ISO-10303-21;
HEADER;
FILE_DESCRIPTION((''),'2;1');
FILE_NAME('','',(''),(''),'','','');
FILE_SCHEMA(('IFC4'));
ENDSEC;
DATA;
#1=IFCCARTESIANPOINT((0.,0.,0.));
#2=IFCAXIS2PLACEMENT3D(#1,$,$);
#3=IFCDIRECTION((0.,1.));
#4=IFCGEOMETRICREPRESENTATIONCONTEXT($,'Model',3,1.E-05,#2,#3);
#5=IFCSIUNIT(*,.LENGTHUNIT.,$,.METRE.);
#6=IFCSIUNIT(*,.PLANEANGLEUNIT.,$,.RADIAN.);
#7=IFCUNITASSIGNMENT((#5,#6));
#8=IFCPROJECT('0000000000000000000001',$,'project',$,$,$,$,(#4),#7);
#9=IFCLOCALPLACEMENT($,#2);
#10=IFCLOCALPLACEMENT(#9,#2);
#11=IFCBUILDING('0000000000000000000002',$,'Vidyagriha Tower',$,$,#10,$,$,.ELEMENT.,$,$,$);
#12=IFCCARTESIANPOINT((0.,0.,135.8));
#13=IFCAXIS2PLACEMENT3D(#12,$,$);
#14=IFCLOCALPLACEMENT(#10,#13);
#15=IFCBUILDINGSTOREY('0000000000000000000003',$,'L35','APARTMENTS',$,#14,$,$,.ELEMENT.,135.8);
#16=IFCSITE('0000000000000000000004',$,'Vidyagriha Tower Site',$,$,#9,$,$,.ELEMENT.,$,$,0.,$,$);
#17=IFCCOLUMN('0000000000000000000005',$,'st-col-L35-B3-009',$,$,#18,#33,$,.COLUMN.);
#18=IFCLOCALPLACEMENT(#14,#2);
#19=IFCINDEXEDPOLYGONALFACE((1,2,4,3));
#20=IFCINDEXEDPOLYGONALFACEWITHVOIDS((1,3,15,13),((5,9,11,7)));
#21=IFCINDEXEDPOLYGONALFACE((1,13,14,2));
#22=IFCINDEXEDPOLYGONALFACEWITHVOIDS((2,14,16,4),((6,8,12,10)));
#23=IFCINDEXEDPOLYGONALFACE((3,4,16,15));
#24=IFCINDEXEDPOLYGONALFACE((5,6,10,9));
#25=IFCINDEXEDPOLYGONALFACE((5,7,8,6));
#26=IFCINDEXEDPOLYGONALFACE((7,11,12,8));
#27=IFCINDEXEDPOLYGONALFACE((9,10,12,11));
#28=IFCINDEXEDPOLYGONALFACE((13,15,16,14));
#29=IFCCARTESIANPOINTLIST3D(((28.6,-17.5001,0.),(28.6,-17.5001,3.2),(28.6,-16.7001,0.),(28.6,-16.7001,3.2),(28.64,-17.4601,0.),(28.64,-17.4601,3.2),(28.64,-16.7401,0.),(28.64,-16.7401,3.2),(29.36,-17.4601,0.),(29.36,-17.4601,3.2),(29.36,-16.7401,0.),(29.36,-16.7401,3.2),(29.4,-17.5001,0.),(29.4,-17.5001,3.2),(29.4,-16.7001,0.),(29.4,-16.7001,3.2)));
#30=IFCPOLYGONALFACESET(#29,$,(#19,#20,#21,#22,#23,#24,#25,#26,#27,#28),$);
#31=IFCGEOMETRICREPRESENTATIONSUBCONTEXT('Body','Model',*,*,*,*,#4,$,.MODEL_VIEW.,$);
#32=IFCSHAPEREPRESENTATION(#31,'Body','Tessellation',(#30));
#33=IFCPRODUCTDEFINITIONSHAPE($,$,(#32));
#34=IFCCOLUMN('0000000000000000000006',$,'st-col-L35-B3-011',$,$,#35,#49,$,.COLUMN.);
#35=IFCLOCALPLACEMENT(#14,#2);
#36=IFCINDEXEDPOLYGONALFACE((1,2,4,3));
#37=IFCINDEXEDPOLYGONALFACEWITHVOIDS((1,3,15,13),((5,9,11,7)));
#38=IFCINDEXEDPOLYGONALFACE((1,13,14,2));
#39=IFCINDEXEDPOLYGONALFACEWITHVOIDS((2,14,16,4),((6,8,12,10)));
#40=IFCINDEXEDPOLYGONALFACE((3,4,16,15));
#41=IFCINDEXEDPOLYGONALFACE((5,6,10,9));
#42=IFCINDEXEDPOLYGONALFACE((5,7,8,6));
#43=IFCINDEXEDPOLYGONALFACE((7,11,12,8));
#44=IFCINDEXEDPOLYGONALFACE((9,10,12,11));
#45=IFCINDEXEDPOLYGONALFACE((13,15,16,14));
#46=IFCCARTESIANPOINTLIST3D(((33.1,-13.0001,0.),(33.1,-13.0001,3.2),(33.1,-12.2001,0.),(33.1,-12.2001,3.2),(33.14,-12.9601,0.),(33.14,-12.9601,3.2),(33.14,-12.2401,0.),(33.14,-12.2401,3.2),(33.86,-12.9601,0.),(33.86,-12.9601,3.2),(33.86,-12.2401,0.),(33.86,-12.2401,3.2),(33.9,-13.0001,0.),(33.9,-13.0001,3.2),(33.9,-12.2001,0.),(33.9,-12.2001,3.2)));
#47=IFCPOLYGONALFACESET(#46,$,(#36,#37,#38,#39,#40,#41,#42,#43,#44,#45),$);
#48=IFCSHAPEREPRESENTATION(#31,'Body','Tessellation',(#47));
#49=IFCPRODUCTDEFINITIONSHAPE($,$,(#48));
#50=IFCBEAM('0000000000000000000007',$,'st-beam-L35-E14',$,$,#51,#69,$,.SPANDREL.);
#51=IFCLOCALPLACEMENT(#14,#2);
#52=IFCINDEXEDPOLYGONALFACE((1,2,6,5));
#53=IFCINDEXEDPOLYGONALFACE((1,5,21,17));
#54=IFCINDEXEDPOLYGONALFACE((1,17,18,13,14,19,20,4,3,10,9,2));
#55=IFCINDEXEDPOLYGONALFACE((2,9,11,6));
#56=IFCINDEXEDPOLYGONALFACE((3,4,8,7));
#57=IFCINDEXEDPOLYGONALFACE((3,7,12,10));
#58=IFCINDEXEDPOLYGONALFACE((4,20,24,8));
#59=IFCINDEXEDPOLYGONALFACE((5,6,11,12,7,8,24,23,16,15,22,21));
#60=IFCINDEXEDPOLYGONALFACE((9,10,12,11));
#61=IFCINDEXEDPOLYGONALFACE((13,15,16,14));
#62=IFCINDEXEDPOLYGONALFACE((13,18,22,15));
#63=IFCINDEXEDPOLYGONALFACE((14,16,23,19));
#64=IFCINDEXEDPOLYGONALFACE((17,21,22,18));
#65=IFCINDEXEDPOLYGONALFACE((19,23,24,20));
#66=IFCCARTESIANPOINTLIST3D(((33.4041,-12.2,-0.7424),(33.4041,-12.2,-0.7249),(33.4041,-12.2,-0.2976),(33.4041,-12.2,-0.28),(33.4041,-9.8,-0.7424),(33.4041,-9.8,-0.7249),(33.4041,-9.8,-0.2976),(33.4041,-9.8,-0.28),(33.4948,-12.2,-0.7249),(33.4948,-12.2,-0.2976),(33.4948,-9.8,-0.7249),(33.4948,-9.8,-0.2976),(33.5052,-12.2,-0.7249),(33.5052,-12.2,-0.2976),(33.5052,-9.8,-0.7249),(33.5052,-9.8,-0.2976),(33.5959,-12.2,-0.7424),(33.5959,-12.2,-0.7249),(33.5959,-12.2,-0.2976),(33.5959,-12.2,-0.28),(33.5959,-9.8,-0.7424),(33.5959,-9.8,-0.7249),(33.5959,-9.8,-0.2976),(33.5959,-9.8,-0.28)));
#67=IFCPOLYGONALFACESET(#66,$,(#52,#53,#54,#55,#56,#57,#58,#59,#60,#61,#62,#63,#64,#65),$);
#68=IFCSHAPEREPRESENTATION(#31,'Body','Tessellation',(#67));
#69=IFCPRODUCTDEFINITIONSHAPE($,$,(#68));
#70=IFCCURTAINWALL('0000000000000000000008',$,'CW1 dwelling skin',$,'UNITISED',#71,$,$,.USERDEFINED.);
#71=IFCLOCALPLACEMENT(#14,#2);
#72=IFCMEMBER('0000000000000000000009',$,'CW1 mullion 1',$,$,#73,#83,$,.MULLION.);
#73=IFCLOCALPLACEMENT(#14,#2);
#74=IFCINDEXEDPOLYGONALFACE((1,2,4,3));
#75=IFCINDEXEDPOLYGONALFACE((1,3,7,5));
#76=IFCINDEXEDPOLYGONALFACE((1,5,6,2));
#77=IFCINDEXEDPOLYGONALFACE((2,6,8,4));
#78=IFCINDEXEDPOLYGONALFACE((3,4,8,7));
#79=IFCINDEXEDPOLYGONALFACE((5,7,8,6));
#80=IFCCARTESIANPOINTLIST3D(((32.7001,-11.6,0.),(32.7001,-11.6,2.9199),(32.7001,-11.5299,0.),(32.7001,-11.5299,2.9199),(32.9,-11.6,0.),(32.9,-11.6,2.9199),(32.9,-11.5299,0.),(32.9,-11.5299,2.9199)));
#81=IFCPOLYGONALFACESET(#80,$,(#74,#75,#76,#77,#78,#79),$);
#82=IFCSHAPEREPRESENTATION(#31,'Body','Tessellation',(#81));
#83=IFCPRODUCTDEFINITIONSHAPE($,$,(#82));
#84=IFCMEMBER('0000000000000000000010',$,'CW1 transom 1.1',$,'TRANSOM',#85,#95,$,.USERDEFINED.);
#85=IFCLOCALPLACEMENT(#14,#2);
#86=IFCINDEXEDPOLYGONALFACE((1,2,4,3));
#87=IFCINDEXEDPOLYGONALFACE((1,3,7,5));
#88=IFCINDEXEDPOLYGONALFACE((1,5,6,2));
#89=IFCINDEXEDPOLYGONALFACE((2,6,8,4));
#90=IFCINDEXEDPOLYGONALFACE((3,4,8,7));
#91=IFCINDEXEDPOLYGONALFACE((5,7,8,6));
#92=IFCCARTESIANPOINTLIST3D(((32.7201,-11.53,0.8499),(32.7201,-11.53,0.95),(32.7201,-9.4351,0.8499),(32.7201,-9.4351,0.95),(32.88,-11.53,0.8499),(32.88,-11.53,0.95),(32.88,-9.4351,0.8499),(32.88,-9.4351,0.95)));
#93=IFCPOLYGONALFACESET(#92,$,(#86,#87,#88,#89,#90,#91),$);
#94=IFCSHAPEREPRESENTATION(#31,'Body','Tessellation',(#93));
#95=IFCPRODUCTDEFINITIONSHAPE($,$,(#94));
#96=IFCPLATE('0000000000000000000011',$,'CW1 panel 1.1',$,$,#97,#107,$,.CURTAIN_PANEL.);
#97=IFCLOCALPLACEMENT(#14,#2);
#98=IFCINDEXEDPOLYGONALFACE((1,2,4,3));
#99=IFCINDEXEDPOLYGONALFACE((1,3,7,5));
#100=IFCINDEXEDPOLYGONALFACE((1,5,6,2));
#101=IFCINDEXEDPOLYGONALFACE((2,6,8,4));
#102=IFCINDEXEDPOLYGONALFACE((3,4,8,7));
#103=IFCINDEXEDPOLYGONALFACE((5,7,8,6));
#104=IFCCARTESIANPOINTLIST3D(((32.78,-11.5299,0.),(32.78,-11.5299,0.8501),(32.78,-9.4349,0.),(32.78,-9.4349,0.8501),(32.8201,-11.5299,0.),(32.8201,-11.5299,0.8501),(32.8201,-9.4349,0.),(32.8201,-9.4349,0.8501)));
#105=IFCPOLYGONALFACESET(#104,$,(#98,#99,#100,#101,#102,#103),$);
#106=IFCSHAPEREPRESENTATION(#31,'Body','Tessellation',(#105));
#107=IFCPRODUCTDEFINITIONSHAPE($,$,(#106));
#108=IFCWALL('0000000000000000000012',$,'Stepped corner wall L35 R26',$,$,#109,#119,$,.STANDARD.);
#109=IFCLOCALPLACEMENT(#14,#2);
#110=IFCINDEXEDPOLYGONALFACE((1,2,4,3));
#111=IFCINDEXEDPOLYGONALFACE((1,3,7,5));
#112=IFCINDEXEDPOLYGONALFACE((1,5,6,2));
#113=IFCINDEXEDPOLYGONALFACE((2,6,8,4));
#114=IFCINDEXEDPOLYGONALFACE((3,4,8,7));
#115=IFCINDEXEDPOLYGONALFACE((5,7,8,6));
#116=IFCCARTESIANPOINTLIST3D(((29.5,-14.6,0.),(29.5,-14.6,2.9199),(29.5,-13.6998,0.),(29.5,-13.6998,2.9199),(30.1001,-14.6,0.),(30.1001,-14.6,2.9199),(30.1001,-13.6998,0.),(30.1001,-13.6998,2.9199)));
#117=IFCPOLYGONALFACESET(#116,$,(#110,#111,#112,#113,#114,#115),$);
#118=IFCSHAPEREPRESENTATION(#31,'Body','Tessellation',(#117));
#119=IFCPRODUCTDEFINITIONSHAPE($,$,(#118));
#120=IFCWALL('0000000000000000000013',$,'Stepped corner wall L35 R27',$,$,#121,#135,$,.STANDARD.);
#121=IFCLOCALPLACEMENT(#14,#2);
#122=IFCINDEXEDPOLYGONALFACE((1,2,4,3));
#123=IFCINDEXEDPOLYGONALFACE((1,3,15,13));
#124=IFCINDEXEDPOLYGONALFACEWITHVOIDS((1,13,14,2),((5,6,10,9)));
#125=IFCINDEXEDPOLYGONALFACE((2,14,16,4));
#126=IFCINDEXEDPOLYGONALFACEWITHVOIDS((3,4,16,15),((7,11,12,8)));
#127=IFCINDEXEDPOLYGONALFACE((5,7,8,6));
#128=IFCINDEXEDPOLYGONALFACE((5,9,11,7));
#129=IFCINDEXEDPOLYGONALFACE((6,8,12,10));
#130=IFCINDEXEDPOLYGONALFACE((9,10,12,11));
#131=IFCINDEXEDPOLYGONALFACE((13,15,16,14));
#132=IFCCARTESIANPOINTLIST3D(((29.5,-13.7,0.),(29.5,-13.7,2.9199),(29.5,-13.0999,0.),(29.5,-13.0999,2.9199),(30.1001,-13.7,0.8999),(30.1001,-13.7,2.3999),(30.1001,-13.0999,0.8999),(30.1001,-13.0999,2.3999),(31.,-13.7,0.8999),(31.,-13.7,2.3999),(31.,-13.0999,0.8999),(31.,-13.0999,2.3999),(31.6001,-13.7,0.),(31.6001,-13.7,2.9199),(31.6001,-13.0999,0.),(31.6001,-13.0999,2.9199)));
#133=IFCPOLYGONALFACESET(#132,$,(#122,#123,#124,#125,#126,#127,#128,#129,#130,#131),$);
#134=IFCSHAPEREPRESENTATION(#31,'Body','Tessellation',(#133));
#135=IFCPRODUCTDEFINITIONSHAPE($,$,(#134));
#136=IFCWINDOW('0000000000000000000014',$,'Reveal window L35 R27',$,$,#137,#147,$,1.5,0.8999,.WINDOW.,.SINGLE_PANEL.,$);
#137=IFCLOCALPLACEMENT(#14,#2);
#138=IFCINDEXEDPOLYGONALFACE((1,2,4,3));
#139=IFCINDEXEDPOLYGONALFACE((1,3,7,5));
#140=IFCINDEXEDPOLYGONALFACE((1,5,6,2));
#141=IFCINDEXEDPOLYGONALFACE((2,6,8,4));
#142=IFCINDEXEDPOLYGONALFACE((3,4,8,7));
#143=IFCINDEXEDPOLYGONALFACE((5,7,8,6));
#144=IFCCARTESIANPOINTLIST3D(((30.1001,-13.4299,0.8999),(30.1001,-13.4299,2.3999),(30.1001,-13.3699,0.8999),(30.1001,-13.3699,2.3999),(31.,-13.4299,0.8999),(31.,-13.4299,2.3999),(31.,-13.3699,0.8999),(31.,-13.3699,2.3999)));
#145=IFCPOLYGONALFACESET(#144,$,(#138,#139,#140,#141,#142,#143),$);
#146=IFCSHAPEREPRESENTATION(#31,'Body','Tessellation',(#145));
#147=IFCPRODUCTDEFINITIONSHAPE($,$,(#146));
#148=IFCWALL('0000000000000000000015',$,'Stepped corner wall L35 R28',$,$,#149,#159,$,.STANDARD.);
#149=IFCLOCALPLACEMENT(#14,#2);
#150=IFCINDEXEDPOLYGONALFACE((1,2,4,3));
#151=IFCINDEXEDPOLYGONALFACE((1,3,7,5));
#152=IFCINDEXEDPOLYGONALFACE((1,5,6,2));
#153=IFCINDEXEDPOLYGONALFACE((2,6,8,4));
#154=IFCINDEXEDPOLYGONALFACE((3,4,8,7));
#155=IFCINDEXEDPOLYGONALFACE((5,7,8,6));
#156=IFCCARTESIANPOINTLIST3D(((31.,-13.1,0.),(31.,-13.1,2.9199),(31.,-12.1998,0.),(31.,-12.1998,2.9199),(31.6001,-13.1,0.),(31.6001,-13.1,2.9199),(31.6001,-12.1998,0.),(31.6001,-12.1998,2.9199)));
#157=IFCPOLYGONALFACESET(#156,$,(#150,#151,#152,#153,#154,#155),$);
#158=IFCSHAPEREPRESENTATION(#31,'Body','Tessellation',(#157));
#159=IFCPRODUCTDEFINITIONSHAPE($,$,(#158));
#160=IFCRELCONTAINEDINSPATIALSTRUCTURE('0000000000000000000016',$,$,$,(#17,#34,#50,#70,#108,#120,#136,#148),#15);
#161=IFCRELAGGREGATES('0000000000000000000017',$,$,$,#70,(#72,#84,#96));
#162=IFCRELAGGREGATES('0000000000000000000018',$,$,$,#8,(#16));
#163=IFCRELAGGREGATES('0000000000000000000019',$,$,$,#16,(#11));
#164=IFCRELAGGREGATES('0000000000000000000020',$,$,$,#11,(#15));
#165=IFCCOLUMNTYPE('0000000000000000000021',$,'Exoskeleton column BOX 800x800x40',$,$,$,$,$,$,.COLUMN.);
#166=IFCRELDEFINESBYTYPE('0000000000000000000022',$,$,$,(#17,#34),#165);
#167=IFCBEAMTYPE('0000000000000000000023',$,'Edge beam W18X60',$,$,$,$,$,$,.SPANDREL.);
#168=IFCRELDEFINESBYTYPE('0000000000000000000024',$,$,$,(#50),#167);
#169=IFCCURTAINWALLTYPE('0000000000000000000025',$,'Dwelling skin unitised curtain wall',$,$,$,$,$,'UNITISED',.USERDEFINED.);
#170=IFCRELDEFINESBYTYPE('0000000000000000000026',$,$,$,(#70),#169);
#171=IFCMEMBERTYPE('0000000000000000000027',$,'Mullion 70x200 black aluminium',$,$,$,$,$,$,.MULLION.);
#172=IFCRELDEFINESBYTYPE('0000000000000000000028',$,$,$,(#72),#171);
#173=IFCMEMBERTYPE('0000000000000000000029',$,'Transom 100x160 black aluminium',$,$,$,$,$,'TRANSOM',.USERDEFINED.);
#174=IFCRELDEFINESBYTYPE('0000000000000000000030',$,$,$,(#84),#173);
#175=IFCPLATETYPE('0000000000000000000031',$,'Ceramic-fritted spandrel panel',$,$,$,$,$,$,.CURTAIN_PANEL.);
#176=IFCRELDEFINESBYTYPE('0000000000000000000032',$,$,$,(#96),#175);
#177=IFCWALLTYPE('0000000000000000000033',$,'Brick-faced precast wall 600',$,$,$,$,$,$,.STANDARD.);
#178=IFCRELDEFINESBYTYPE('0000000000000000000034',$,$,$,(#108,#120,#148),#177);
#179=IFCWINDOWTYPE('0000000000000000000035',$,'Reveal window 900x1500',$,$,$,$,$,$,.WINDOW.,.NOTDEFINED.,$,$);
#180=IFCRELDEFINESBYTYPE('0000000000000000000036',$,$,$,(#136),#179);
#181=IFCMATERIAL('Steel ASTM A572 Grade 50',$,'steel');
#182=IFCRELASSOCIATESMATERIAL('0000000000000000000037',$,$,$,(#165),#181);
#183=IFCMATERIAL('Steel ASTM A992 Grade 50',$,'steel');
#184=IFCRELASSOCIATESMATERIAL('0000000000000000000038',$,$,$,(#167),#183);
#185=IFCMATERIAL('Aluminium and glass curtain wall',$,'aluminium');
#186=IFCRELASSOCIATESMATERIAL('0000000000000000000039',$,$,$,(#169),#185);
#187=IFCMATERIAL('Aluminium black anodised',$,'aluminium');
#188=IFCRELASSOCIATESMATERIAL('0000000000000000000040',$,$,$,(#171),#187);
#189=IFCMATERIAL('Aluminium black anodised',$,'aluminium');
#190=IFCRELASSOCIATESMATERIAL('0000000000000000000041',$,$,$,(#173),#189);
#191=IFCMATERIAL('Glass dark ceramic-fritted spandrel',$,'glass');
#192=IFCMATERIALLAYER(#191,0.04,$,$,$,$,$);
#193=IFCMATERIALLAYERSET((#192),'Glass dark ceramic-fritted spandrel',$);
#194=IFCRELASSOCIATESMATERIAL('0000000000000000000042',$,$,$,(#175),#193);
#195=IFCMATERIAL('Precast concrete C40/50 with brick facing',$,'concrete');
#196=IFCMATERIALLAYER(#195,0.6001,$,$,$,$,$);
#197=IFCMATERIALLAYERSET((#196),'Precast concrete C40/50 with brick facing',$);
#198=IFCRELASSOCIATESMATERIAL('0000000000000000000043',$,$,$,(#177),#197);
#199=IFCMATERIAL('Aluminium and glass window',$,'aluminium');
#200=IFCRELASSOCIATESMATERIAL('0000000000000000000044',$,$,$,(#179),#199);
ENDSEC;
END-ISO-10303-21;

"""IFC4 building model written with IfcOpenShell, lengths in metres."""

from ifc_helpers import new_model, si_unit, direction, frame, frame_2d, origin, origin_2d, place, context, subcontext, project, spatial, rectangle, hollow_rectangle, i_section, extrude, material, layer, layer_set, material_profile, profile_set, type_object, element, fill, aggregate, save


model = new_model("IFC4")

# Units and contexts
model_context = context("Model", 3, precision=1e-05, world=origin(), true_north=direction((0.0, 1.0)))
body_context = subcontext(model_context, "Body", "Model", "MODEL_VIEW")
ifc_project = project(units=[si_unit("LENGTHUNIT", "METRE"), si_unit("PLANEANGLEUNIT", "RADIAN")], contexts=[model_context])

# Site, building, storey
site_placement = place(None, origin())
site = spatial("IfcSite", under=ifc_project, at=site_placement, Name="Vidyagriha Tower Site", CompositionType="ELEMENT", RefElevation=0.0)
building_placement = place(site_placement, origin())
building = spatial("IfcBuilding", under=site, at=building_placement, Name="Vidyagriha Tower", CompositionType="ELEMENT")
storey_placement = place(building_placement, frame((0.0, 0.0, 135.8)))
storey = spatial("IfcBuildingStorey", under=building, at=storey_placement, Name="L35", Description="APARTMENTS", CompositionType="ELEMENT", Elevation=135.8)

# Columns
ifc_material_1 = material(Name="Steel ASTM A572 Grade 50", Category="steel")
ifc_material_profile_1 = material_profile(ifc_material_1, hollow_rectangle(XDim=0.8, YDim=0.8, WallThickness=0.04, at=origin_2d()), Name="BOX 800x800x40")
ifc_profile_set_1 = profile_set([ifc_material_profile_1], Name="Steel ASTM A572 Grade 50")
column_type = type_object("IfcColumnType", Name="Exoskeleton column BOX 800x800x40", PredefinedType="COLUMN", material=ifc_profile_set_1)
for number, where, name in (
    (1, (29.0, -17.1001, 0.0), "st-col-L35-B3-009"),
    (2, (33.5, -12.6001, 0.0), "st-col-L35-B3-011"),
):
    element("IfcColumn", number, at=place(storey_placement, frame(where)), inside=storey, type_object=column_type, Name=name, PredefinedType="COLUMN", context=body_context, shape_type="SweptSolid", body=[
        extrude(hollow_rectangle(XDim=0.8, YDim=0.8, WallThickness=0.04, at=origin_2d()), origin(), (0.0, 0.0, 1.0), 3.2),
    ])

# Beam
ifc_material_2 = material(Name="Steel ASTM A992 Grade 50", Category="steel")
ifc_material_profile_2 = material_profile(ifc_material_2, i_section(OverallWidth=0.1919, OverallDepth=0.4624, WebThickness=0.0105, FlangeThickness=0.0176, at=origin_2d()), Name="W18X60")
ifc_profile_set_2 = profile_set([ifc_material_profile_2], Name="Steel ASTM A992 Grade 50")
beam_type = type_object("IfcBeamType", Name="Edge beam W18X60", PredefinedType="SPANDREL", material=ifc_profile_set_2)
beam_placement = place(storey_placement, frame((33.5, -12.2, -0.5112), z_axis=(0.0, 1.0, 0.0), x_axis=(-1.0, 0.0, 0.0)))
element("IfcBeam", 3, at=beam_placement, inside=storey, type_object=beam_type, Name="st-beam-L35-E14", PredefinedType="SPANDREL", context=body_context, shape_type="SweptSolid", body=[
    extrude(i_section(OverallWidth=0.1919, OverallDepth=0.4624, WebThickness=0.0105, FlangeThickness=0.0176, at=origin_2d()), origin(), (0.0, 0.0, 1.0), 2.3999),
])

# Curtain wall, members, plate
ifc_material_3 = material(Name="Aluminium and glass curtain wall", Category="aluminium")
curtain_wall_type = type_object("IfcCurtainWallType", Name="Dwelling skin unitised curtain wall", ElementType="UNITISED", PredefinedType="USERDEFINED", material=ifc_material_3)
curtain_wall_placement = place(storey_placement, origin())
curtain_wall = element("IfcCurtainWall", 4, at=curtain_wall_placement, inside=storey, type_object=curtain_wall_type, Name="CW1 dwelling skin", ObjectType="UNITISED", PredefinedType="USERDEFINED")
ifc_material_4 = material(Name="Aluminium black anodised", Category="aluminium")
ifc_material_profile_3 = material_profile(ifc_material_4, rectangle(XDim=0.2, YDim=0.0701, at=origin_2d()), Name="Mullion 70x200 black aluminium")
ifc_profile_set_3 = profile_set([ifc_material_profile_3], Name="Aluminium black anodised")
member_type_1 = type_object("IfcMemberType", Name="Mullion 70x200 black aluminium", PredefinedType="MULLION", material=ifc_profile_set_3)
member_1_placement = place(storey_placement, frame((32.8, -11.5649, 0.0), z_axis=(0.0, 0.0, 1.0), x_axis=(-1.0, 0.0, 0.0)))
member_1 = element("IfcMember", 5, at=member_1_placement, type_object=member_type_1, Name="CW1 mullion 1", PredefinedType="MULLION", context=body_context, shape_type="SweptSolid", body=[
    extrude(rectangle(XDim=0.2, YDim=0.0701, at=origin_2d()), origin(), (0.0, 0.0, 1.0), 2.9199),
])
ifc_material_5 = material(Name="Aluminium black anodised", Category="aluminium")
ifc_material_profile_4 = material_profile(ifc_material_5, rectangle(XDim=0.1599, YDim=0.1001, at=origin_2d()), Name="Transom 100x160 black aluminium")
ifc_profile_set_4 = profile_set([ifc_material_profile_4], Name="Aluminium black anodised")
member_type_2 = type_object("IfcMemberType", Name="Transom 100x160 black aluminium", ElementType="TRANSOM", PredefinedType="USERDEFINED", material=ifc_profile_set_4)
member_2_placement = place(storey_placement, frame((32.8, -11.53, 0.8999), z_axis=(0.0, 1.0, 0.0), x_axis=(-1.0, 0.0, 0.0)))
member_2 = element("IfcMember", 6, at=member_2_placement, type_object=member_type_2, Name="CW1 transom 1.1", ObjectType="TRANSOM", PredefinedType="USERDEFINED", context=body_context, shape_type="SweptSolid", body=[
    extrude(rectangle(XDim=0.1599, YDim=0.1001, at=origin_2d()), origin(), (0.0, 0.0, 1.0), 2.095),
])
ifc_material_6 = material(Name="Glass dark ceramic-fritted spandrel", Category="glass")
ifc_layer_1 = layer(ifc_material_6, 0.04)
ifc_layer_set_1 = layer_set([ifc_layer_1], Name="Glass dark ceramic-fritted spandrel")
plate_type = type_object("IfcPlateType", Name="Ceramic-fritted spandrel panel", PredefinedType="CURTAIN_PANEL", material=ifc_layer_set_1)
plate_placement = place(storey_placement, frame((32.8, -10.4824, 0.0), z_axis=(0.0, 0.0, 1.0), x_axis=(0.0, 1.0, 0.0)))
plate = element("IfcPlate", 7, at=plate_placement, type_object=plate_type, Name="CW1 panel 1.1", PredefinedType="CURTAIN_PANEL", context=body_context, shape_type="SweptSolid", body=[
    extrude(rectangle(XDim=2.095, YDim=0.04, at=origin_2d()), origin(), (0.0, 0.0, 1.0), 0.8501),
])
aggregate(curtain_wall, [member_1, member_2, plate])

# Wall
ifc_material_7 = material(Name="Precast concrete C40/50 with brick facing", Category="concrete")
ifc_layer_2 = layer(ifc_material_7, 0.6001)
ifc_layer_set_2 = layer_set([ifc_layer_2], Name="Precast concrete C40/50 with brick facing")
wall_type_1 = type_object("IfcWallType", Name="Brick-faced precast wall 600", PredefinedType="STANDARD", material=ifc_layer_set_2)
wall_1_placement = place(storey_placement, frame((29.8, -14.6001, 0.0), z_axis=(0.0, 0.0, 1.0), x_axis=(0.0, 1.0, 0.0)))
element("IfcWall", 8, at=wall_1_placement, inside=storey, type_object=wall_type_1, Name="Stepped corner wall L35 R26", PredefinedType="STANDARD", context=body_context, shape_type="SweptSolid", body=[
    extrude(rectangle(XDim=0.9001, YDim=0.6001, at=frame_2d((0.4502, 0.0))), origin(), (0.0, 0.0, 1.0), 2.9199),
])

# Wall, opening, window
wall_2_placement = place(storey_placement, frame((29.5, -13.3999, 0.0)))
wall_2 = element("IfcWall", 9, at=wall_2_placement, inside=storey, type_object=wall_type_1, Name="Stepped corner wall L35 R27", PredefinedType="STANDARD", context=body_context, shape_type="SweptSolid", body=[
    extrude(rectangle(XDim=2.1001, YDim=0.6001, at=frame_2d((1.05, 0.0))), origin(), (0.0, 0.0, 1.0), 2.9199),
])
opening_1_placement = place(wall_2_placement, frame((0.6001, 0.0, 0.8999)))
opening_1 = element("IfcOpeningElement", 10, at=opening_1_placement, cuts=wall_2, PredefinedType="OPENING", context=body_context, shape_type="SweptSolid", body=[
    extrude(rectangle(XDim=0.8999, YDim=1.5, at=frame_2d((0.45, 0.75))), frame((0.0, 0.3101, 0.0), z_axis=(0.0, -1.0, 0.0), x_axis=(1.0, 0.0, 0.0)), (0.0, 0.0, 1.0), 0.6201),
])
ifc_material_8 = material(Name="Aluminium and glass window", Category="aluminium")
window_type = type_object("IfcWindowType", Name="Reveal window 900x1500", PartitioningType="NOTDEFINED", PredefinedType="WINDOW", material=ifc_material_8)
window_1_placement = place(opening_1_placement, origin())
window_1 = element("IfcWindow", 11, at=window_1_placement, inside=storey, type_object=window_type, Name="Reveal window L35 R27", OverallHeight=1.5, OverallWidth=0.8999, PartitioningType="SINGLE_PANEL", PredefinedType="WINDOW", context=body_context, shape_type="SweptSolid", body=[
    extrude(rectangle(XDim=0.8999, YDim=1.5, at=frame_2d((0.45, 0.75))), frame((0.0, 0.03, 0.0), z_axis=(0.0, -1.0, 0.0), x_axis=(1.0, 0.0, 0.0)), (0.0, 0.0, 1.0), 0.0601),
])
fill(opening_1, window_1)

# Wall
wall_3_placement = place(storey_placement, frame((31.3, -13.1001, 0.0), z_axis=(0.0, 0.0, 1.0), x_axis=(0.0, 1.0, 0.0)))
element("IfcWall", 12, at=wall_3_placement, inside=storey, type_object=wall_type_1, Name="Stepped corner wall L35 R28", PredefinedType="STANDARD", context=body_context, shape_type="SweptSolid", body=[
    extrude(rectangle(XDim=0.9001, YDim=0.6001, at=frame_2d((0.4502, 0.0))), origin(), (0.0, 0.0, 1.0), 2.9199),
])

save(model, "model.ifc")
